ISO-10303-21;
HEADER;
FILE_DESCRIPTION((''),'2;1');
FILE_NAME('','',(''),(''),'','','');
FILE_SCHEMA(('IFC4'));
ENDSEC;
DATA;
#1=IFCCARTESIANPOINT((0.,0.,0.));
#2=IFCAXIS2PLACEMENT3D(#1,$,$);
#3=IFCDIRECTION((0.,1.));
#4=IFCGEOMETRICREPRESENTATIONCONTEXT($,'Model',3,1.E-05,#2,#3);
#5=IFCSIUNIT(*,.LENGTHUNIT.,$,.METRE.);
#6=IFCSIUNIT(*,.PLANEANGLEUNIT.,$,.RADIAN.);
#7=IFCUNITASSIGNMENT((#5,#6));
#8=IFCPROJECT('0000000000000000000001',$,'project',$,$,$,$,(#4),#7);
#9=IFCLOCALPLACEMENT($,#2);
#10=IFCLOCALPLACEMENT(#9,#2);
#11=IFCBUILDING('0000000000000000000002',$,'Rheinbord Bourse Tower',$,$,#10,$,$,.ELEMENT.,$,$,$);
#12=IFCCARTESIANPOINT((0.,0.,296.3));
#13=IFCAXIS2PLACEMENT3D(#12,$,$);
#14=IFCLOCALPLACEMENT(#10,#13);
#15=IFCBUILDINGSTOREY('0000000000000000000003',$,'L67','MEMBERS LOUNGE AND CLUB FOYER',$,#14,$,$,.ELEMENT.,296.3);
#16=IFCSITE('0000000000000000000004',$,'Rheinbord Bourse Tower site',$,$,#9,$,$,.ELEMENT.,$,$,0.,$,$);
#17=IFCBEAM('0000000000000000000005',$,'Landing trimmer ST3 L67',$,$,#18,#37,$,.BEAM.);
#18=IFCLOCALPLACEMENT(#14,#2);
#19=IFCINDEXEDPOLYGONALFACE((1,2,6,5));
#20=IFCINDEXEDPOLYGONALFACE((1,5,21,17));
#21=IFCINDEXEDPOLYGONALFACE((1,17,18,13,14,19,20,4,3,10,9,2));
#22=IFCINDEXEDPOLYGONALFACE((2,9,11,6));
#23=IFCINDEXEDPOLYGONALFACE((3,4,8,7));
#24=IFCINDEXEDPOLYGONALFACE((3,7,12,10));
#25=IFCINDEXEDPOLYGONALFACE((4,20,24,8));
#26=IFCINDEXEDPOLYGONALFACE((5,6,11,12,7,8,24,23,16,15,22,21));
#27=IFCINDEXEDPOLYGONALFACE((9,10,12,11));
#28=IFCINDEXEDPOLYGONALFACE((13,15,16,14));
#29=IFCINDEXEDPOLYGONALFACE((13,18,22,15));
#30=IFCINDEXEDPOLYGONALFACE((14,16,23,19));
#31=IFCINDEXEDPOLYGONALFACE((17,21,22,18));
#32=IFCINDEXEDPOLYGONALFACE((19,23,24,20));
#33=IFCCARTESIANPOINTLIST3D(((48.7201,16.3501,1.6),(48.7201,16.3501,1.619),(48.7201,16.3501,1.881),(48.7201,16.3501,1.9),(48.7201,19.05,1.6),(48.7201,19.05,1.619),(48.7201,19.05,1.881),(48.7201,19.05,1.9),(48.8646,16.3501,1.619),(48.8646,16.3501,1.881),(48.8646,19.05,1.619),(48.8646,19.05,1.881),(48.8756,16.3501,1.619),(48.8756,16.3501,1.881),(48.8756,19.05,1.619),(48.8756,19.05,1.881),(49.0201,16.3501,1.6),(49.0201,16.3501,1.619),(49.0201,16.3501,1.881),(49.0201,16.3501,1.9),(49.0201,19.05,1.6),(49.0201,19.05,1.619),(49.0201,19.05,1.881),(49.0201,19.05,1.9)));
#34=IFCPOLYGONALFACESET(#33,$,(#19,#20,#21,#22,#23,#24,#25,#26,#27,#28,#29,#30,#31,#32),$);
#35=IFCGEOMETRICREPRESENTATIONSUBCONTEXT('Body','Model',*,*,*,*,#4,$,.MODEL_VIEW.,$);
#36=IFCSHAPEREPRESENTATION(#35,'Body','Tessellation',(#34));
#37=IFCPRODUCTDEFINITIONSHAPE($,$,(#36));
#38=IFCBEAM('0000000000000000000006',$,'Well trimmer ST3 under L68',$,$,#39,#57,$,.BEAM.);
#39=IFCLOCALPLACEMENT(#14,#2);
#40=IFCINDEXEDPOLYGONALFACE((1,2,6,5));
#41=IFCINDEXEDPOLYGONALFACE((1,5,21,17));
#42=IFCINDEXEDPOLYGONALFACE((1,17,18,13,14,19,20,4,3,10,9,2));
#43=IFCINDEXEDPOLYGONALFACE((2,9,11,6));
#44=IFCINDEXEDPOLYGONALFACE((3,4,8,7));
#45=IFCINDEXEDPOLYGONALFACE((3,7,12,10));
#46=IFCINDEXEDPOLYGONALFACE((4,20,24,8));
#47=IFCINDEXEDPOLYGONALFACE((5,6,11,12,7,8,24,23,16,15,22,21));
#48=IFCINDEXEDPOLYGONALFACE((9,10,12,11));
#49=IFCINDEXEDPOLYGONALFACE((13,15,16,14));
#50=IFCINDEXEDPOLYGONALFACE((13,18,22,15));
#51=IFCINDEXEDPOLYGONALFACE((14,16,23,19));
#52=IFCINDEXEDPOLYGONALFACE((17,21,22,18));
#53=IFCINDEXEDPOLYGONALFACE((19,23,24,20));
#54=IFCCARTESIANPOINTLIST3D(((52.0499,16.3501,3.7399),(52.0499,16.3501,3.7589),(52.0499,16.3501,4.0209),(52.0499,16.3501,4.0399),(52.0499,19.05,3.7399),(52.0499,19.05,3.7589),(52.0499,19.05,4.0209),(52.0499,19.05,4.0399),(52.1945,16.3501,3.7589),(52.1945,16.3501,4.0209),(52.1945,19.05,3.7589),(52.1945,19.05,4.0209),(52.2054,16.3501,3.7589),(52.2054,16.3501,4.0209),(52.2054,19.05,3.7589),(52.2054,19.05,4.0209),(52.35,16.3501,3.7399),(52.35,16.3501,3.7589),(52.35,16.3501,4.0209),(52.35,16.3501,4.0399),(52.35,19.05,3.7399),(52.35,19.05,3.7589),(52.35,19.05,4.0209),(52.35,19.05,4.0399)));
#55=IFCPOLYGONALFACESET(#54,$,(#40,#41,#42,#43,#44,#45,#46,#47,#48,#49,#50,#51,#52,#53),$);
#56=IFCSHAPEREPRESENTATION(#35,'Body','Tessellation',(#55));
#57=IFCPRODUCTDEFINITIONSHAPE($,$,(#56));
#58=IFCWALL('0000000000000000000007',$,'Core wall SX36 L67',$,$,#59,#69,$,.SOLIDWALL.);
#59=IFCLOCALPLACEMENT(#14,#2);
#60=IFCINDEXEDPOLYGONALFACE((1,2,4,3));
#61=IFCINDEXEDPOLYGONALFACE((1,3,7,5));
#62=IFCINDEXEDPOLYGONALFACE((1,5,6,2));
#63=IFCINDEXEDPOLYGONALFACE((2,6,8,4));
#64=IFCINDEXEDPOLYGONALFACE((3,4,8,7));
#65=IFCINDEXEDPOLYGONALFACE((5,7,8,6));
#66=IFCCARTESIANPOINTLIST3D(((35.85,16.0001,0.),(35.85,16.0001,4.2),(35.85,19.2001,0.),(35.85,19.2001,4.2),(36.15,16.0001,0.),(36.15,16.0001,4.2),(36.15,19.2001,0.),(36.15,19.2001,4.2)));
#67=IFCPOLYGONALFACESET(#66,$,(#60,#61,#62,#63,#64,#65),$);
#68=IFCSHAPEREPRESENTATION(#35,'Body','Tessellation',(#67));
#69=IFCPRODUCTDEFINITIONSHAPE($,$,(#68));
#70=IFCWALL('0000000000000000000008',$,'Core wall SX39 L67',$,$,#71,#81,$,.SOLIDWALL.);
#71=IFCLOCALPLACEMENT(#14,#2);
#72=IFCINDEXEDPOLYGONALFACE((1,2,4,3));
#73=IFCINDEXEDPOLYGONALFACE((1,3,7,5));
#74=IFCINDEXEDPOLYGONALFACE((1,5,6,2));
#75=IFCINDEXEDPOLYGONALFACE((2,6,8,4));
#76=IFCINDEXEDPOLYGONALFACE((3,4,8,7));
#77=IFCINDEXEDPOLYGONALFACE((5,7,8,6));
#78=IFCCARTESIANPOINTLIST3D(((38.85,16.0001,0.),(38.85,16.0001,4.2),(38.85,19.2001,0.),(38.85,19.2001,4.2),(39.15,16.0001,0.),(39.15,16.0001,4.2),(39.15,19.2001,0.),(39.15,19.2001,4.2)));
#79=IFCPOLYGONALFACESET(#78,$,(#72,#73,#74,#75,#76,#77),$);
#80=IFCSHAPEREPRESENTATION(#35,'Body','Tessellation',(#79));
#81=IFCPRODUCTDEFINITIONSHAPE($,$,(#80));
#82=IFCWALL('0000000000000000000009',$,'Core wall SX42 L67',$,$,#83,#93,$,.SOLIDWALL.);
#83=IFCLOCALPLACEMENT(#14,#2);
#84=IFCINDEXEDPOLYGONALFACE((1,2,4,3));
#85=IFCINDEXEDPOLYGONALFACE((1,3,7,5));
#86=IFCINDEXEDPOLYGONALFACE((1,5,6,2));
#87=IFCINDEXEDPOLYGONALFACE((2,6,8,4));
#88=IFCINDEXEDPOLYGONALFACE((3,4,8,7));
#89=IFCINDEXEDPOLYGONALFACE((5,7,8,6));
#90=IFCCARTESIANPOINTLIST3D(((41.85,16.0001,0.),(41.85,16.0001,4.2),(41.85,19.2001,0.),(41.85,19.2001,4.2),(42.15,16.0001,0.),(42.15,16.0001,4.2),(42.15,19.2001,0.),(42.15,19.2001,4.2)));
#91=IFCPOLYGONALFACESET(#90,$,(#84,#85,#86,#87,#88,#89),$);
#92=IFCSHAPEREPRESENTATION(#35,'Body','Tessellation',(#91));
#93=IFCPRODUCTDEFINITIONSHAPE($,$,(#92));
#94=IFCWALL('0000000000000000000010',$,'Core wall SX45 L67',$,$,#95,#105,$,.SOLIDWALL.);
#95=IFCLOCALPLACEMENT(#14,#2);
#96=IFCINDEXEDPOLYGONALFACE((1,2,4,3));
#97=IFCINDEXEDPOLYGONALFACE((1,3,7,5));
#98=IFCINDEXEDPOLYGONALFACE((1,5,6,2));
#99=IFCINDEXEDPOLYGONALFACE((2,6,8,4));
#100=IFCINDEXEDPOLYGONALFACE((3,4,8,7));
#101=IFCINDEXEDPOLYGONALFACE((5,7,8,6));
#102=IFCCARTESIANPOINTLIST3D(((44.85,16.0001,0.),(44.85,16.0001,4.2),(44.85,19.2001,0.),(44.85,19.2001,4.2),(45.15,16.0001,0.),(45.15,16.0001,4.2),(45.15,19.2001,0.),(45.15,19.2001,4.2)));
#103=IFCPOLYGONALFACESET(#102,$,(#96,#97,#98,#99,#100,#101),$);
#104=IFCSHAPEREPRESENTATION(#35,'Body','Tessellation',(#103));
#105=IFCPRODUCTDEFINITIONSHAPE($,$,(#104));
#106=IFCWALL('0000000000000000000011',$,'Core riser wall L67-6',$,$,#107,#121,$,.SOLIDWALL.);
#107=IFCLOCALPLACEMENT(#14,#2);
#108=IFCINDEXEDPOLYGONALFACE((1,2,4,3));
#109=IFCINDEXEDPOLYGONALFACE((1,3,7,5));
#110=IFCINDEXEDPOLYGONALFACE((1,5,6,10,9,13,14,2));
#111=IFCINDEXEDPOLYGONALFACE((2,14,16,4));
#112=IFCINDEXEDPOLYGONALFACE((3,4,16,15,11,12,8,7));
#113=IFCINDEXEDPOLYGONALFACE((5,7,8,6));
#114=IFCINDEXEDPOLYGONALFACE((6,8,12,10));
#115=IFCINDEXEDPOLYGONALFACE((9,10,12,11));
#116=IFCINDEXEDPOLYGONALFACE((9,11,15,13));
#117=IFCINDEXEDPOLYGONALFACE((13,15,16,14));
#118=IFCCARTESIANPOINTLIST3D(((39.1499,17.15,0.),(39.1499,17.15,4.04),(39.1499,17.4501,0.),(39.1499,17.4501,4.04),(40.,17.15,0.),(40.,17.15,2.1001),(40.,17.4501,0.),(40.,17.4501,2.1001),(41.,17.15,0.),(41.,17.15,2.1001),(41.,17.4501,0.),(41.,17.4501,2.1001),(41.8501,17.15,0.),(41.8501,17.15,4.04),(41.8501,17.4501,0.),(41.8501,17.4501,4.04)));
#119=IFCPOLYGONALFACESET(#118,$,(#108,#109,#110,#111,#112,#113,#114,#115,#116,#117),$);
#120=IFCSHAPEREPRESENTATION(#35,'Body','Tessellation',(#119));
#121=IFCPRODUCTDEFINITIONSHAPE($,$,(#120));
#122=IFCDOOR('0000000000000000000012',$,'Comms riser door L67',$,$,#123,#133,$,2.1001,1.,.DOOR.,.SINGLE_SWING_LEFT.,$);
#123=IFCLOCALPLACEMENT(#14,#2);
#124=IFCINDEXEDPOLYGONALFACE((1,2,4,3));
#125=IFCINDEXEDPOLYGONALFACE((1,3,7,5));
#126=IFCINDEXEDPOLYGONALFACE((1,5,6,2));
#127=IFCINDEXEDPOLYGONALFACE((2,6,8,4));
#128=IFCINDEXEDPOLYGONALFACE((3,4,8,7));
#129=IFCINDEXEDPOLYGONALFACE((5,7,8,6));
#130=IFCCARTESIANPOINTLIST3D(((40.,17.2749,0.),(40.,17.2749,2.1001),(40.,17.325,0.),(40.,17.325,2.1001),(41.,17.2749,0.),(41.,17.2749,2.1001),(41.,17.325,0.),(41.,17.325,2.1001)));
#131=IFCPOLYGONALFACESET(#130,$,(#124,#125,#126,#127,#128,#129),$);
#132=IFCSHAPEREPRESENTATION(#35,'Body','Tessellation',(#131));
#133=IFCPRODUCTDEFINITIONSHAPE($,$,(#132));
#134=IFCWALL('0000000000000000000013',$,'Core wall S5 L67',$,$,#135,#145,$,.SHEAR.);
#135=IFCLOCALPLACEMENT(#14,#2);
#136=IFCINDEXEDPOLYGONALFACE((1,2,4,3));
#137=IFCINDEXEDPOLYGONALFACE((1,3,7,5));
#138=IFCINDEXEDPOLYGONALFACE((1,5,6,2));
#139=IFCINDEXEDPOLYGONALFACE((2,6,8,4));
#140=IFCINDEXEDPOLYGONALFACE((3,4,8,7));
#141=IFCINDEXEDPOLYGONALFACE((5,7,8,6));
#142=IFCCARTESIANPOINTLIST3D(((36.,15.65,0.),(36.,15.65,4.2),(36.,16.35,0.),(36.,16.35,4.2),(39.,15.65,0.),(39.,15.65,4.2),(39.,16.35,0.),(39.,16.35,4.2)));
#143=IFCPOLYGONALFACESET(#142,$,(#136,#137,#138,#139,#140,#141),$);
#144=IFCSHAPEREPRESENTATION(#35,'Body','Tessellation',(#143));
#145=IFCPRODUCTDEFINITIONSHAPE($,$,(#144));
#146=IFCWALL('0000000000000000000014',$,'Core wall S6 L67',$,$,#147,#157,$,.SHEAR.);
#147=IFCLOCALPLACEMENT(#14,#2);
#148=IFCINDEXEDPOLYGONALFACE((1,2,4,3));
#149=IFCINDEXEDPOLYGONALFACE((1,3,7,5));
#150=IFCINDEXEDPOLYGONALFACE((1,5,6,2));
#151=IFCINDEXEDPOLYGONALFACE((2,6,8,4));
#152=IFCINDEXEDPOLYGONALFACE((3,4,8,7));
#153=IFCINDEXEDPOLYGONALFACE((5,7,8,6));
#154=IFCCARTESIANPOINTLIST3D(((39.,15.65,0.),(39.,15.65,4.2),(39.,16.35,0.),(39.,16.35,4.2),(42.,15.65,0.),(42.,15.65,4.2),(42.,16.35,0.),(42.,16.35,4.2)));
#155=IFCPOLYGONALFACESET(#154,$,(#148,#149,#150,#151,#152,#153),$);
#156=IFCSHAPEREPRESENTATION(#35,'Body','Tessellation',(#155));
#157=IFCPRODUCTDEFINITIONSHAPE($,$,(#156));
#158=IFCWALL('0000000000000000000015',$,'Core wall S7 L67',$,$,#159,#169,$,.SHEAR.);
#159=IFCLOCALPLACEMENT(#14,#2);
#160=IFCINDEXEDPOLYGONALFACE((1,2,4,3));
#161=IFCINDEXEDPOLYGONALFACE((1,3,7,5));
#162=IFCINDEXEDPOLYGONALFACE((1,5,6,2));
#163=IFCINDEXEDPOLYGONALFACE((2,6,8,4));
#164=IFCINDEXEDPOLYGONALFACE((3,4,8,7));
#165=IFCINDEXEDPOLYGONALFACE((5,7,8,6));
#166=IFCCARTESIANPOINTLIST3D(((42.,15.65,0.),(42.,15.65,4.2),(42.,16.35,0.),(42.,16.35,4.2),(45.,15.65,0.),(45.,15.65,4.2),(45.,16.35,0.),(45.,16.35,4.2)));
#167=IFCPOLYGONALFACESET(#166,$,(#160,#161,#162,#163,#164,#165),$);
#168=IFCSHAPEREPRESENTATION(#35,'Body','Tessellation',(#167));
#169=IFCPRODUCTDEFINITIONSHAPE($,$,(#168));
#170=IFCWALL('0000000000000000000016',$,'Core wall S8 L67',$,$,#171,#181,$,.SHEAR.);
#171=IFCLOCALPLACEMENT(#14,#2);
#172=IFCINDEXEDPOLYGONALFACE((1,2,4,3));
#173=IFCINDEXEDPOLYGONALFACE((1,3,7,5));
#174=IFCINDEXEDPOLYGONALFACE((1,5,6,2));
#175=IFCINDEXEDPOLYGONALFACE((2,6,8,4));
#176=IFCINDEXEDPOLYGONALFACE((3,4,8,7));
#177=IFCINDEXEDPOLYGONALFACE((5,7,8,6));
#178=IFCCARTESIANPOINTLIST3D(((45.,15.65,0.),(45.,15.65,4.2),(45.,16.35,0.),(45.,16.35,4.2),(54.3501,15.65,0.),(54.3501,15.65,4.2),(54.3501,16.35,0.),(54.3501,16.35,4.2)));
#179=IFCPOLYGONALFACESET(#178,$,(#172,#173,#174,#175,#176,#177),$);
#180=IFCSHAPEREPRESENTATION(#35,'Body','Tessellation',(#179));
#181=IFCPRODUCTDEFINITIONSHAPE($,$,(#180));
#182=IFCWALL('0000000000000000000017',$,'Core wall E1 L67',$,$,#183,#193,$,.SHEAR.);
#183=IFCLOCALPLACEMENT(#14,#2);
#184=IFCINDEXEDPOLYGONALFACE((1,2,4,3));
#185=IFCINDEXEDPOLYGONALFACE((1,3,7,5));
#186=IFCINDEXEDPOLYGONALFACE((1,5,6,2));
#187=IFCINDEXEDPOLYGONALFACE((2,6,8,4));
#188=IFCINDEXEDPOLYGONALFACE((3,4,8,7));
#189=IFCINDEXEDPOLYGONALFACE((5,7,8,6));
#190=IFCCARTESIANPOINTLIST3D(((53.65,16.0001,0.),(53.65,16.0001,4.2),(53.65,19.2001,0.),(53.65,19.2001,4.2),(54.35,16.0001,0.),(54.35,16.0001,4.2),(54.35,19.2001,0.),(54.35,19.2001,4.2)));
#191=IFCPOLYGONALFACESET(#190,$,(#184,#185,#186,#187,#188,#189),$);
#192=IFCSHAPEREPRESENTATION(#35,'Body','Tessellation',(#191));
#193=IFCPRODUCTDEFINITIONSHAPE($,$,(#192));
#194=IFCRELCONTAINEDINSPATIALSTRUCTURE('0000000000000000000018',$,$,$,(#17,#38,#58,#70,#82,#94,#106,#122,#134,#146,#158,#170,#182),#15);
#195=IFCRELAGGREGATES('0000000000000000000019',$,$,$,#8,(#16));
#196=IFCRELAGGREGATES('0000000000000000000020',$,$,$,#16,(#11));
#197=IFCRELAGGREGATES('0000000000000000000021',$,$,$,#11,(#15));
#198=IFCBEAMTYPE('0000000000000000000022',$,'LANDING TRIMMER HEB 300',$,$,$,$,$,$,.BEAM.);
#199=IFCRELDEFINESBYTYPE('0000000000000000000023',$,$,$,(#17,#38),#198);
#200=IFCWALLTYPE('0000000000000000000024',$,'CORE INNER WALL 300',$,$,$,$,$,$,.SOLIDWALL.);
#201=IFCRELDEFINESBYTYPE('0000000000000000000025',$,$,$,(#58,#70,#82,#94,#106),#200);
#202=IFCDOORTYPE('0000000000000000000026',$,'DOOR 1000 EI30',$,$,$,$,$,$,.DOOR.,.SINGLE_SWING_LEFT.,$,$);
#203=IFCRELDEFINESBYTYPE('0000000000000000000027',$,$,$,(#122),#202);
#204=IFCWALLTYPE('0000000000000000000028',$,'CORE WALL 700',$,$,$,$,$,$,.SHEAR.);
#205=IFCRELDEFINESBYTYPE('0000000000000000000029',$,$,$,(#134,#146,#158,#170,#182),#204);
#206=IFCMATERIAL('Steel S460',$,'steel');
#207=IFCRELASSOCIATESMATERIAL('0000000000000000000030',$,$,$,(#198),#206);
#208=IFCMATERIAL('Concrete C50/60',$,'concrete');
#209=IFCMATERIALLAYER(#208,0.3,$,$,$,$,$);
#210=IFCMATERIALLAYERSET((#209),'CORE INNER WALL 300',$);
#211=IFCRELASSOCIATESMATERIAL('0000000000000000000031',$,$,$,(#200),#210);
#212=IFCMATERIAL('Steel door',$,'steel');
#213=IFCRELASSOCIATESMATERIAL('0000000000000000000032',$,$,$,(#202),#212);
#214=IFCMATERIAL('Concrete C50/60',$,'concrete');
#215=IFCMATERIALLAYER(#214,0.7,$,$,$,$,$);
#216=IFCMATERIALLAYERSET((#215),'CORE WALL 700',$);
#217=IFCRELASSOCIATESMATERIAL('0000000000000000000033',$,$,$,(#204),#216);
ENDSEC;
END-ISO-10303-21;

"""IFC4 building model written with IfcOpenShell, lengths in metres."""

from ifc_helpers import new_model, si_unit, direction, frame, frame_2d, origin, origin_2d, place, context, subcontext, project, spatial, rectangle, i_section, extrude, material, layer, layer_set, material_profile, profile_set, type_object, element, fill, save


model = new_model("IFC4")

# Units and contexts
model_context = context("Model", 3, precision=1e-05, world=origin(), true_north=direction((0.0, 1.0)))
body_context = subcontext(model_context, "Body", "Model", "MODEL_VIEW")
ifc_project = project(units=[si_unit("LENGTHUNIT", "METRE"), si_unit("PLANEANGLEUNIT", "RADIAN")], contexts=[model_context])

# Site, building, storey
site_placement = place(None, origin())
site = spatial("IfcSite", under=ifc_project, at=site_placement, Name="Rheinbord Bourse Tower site", CompositionType="ELEMENT", RefElevation=0.0)
building_placement = place(site_placement, origin())
building = spatial("IfcBuilding", under=site, at=building_placement, Name="Rheinbord Bourse Tower", CompositionType="ELEMENT")
storey_placement = place(building_placement, frame((0.0, 0.0, 296.3)))
storey = spatial("IfcBuildingStorey", under=building, at=storey_placement, Name="L67", Description="MEMBERS LOUNGE AND CLUB FOYER", CompositionType="ELEMENT", Elevation=296.3)

# Beams
ifc_material_1 = material(Name="Steel S460", Category="steel")
ifc_material_profile = material_profile(ifc_material_1, i_section(OverallWidth=0.3, OverallDepth=0.3, WebThickness=0.011, FlangeThickness=0.019, at=origin_2d()), Name="HEB 300")
ifc_profile_set = profile_set([ifc_material_profile], Name="Steel S460")
beam_type = type_object("IfcBeamType", Name="LANDING TRIMMER HEB 300", PredefinedType="BEAM", material=ifc_profile_set)
for number, where, z_axis, x_axis, name in (
    (1, (48.8701, 16.3501, 1.75), (0.0, 1.0, 0.0), (-1.0, 0.0, 0.0), "Landing trimmer ST3 L67"),
    (2, (52.2, 16.3501, 3.8899), (0.0, 1.0, 0.0), (-1.0, 0.0, 0.0), "Well trimmer ST3 under L68"),
):
    element("IfcBeam", number, at=place(storey_placement, frame(where, z_axis=z_axis, x_axis=x_axis)), inside=storey, type_object=beam_type, Name=name, PredefinedType="BEAM", context=body_context, shape_type="SweptSolid", body=[
        extrude(i_section(OverallWidth=0.3, OverallDepth=0.3, WebThickness=0.011, FlangeThickness=0.019, at=origin_2d()), origin(), (0.0, 0.0, 1.0), 2.7),
    ])

# Walls
ifc_material_2 = material(Name="Concrete C50/60", Category="concrete")
ifc_layer_1 = layer(ifc_material_2, 0.3)
ifc_layer_set_1 = layer_set([ifc_layer_1], Name="CORE INNER WALL 300")
wall_type_1 = type_object("IfcWallType", Name="CORE INNER WALL 300", PredefinedType="SOLIDWALL", material=ifc_layer_set_1)
for number, where, z_axis, x_axis, name in (
    (3, (36.0, 16.0, 0.0), (0.0, 0.0, 1.0), (0.0, 1.0, 0.0), "Core wall SX36 L67"),
    (4, (39.0, 16.0, 0.0), (0.0, 0.0, 1.0), (0.0, 1.0, 0.0), "Core wall SX39 L67"),
    (5, (42.0, 16.0, 0.0), (0.0, 0.0, 1.0), (0.0, 1.0, 0.0), "Core wall SX42 L67"),
    (6, (45.0, 16.0, 0.0), (0.0, 0.0, 1.0), (0.0, 1.0, 0.0), "Core wall SX45 L67"),
):
    element("IfcWall", number, at=place(storey_placement, frame(where, z_axis=z_axis, x_axis=x_axis)), inside=storey, type_object=wall_type_1, Name=name, PredefinedType="SOLIDWALL", context=body_context, shape_type="SweptSolid", body=[
        extrude(rectangle(XDim=3.2, YDim=0.3, at=frame_2d((1.6001, 0.0))), origin(), (0.0, 0.0, 1.0), 4.2),
    ])

# Wall, opening, door
wall_1_placement = place(storey_placement, frame((39.1499, 17.3, 0.0), z_axis=(0.0, 0.0, 1.0), x_axis=(1.0, 0.0, 0.0)))
wall_1 = element("IfcWall", 7, at=wall_1_placement, inside=storey, type_object=wall_type_1, Name="Core riser wall L67-6", PredefinedType="SOLIDWALL", context=body_context, shape_type="SweptSolid", body=[
    extrude(rectangle(XDim=2.7002, YDim=0.3, at=frame_2d((1.3501, 0.0))), origin(), (0.0, 0.0, 1.0), 4.04),
])
opening_1_placement = place(wall_1_placement, frame((0.8501, 0.0, 0.0)))
opening_1 = element("IfcOpeningElement", 8, at=opening_1_placement, cuts=wall_1, PredefinedType="OPENING", context=body_context, shape_type="SweptSolid", body=[
    extrude(rectangle(XDim=1.0, YDim=2.1001, at=frame_2d((0.5, 1.05))), frame((0.0, 0.1599, 0.0), z_axis=(0.0, -1.0, 0.0), x_axis=(1.0, 0.0, 0.0)), (0.0, 0.0, 1.0), 0.3201),
])
ifc_material_3 = material(Name="Steel door", Category="steel")
door_type_1 = type_object("IfcDoorType", Name="DOOR 1000 EI30", OperationType="SINGLE_SWING_LEFT", PredefinedType="DOOR", material=ifc_material_3)
door_1_placement = place(opening_1_placement, origin())
door_1 = element("IfcDoor", 9, at=door_1_placement, inside=storey, type_object=door_type_1, Name="Comms riser door L67", OperationType="SINGLE_SWING_LEFT", OverallHeight=2.1001, OverallWidth=1.0, PredefinedType="DOOR", context=body_context, shape_type="SweptSolid", body=[
    extrude(rectangle(XDim=1.0, YDim=2.1001, at=frame_2d((0.5, 1.05))), frame((0.0, 0.0249, 0.0), z_axis=(0.0, -1.0, 0.0), x_axis=(1.0, 0.0, 0.0)), (0.0, 0.0, 1.0), 0.05),
])
fill(opening_1, door_1)

# Walls
ifc_material_4 = material(Name="Concrete C50/60", Category="concrete")
ifc_layer_2 = layer(ifc_material_4, 0.7)
ifc_layer_set_2 = layer_set([ifc_layer_2], Name="CORE WALL 700")
wall_type_2 = type_object("IfcWallType", Name="CORE WALL 700", PredefinedType="SHEAR", material=ifc_layer_set_2)
for number, where, z_axis, x_axis, name in (
    (10, (36.0, 16.0, 0.0), (0.0, 0.0, 1.0), (1.0, 0.0, 0.0), "Core wall S5 L67"),
    (11, (39.0, 16.0, 0.0), (0.0, 0.0, 1.0), (1.0, 0.0, 0.0), "Core wall S6 L67"),
    (12, (42.0, 16.0, 0.0), (0.0, 0.0, 1.0), (1.0, 0.0, 0.0), "Core wall S7 L67"),
):
    element("IfcWall", number, at=place(storey_placement, frame(where, z_axis=z_axis, x_axis=x_axis)), inside=storey, type_object=wall_type_2, Name=name, PredefinedType="SHEAR", context=body_context, shape_type="SweptSolid", body=[
        extrude(rectangle(XDim=3.0, YDim=0.7, at=frame_2d((1.5, 0.0))), origin(), (0.0, 0.0, 1.0), 4.2),
    ])
wall_2_placement = place(storey_placement, frame((45.0, 16.0, 0.0), z_axis=(0.0, 0.0, 1.0), x_axis=(1.0, 0.0, 0.0)))
element("IfcWall", 13, at=wall_2_placement, inside=storey, type_object=wall_type_2, Name="Core wall S8 L67", PredefinedType="SHEAR", context=body_context, shape_type="SweptSolid", body=[
    extrude(rectangle(XDim=9.3501, YDim=0.7, at=frame_2d((4.675, 0.0))), origin(), (0.0, 0.0, 1.0), 4.2),
])
wall_3_placement = place(storey_placement, frame((54.0, 16.0, 0.0), z_axis=(0.0, 0.0, 1.0), x_axis=(0.0, 1.0, 0.0)))
element("IfcWall", 14, at=wall_3_placement, inside=storey, type_object=wall_type_2, Name="Core wall E1 L67", PredefinedType="SHEAR", context=body_context, shape_type="SweptSolid", body=[
    extrude(rectangle(XDim=3.2, YDim=0.7, at=frame_2d((1.6001, 0.0))), origin(), (0.0, 0.0, 1.0), 4.2),
])

save(model, "model.ifc")
